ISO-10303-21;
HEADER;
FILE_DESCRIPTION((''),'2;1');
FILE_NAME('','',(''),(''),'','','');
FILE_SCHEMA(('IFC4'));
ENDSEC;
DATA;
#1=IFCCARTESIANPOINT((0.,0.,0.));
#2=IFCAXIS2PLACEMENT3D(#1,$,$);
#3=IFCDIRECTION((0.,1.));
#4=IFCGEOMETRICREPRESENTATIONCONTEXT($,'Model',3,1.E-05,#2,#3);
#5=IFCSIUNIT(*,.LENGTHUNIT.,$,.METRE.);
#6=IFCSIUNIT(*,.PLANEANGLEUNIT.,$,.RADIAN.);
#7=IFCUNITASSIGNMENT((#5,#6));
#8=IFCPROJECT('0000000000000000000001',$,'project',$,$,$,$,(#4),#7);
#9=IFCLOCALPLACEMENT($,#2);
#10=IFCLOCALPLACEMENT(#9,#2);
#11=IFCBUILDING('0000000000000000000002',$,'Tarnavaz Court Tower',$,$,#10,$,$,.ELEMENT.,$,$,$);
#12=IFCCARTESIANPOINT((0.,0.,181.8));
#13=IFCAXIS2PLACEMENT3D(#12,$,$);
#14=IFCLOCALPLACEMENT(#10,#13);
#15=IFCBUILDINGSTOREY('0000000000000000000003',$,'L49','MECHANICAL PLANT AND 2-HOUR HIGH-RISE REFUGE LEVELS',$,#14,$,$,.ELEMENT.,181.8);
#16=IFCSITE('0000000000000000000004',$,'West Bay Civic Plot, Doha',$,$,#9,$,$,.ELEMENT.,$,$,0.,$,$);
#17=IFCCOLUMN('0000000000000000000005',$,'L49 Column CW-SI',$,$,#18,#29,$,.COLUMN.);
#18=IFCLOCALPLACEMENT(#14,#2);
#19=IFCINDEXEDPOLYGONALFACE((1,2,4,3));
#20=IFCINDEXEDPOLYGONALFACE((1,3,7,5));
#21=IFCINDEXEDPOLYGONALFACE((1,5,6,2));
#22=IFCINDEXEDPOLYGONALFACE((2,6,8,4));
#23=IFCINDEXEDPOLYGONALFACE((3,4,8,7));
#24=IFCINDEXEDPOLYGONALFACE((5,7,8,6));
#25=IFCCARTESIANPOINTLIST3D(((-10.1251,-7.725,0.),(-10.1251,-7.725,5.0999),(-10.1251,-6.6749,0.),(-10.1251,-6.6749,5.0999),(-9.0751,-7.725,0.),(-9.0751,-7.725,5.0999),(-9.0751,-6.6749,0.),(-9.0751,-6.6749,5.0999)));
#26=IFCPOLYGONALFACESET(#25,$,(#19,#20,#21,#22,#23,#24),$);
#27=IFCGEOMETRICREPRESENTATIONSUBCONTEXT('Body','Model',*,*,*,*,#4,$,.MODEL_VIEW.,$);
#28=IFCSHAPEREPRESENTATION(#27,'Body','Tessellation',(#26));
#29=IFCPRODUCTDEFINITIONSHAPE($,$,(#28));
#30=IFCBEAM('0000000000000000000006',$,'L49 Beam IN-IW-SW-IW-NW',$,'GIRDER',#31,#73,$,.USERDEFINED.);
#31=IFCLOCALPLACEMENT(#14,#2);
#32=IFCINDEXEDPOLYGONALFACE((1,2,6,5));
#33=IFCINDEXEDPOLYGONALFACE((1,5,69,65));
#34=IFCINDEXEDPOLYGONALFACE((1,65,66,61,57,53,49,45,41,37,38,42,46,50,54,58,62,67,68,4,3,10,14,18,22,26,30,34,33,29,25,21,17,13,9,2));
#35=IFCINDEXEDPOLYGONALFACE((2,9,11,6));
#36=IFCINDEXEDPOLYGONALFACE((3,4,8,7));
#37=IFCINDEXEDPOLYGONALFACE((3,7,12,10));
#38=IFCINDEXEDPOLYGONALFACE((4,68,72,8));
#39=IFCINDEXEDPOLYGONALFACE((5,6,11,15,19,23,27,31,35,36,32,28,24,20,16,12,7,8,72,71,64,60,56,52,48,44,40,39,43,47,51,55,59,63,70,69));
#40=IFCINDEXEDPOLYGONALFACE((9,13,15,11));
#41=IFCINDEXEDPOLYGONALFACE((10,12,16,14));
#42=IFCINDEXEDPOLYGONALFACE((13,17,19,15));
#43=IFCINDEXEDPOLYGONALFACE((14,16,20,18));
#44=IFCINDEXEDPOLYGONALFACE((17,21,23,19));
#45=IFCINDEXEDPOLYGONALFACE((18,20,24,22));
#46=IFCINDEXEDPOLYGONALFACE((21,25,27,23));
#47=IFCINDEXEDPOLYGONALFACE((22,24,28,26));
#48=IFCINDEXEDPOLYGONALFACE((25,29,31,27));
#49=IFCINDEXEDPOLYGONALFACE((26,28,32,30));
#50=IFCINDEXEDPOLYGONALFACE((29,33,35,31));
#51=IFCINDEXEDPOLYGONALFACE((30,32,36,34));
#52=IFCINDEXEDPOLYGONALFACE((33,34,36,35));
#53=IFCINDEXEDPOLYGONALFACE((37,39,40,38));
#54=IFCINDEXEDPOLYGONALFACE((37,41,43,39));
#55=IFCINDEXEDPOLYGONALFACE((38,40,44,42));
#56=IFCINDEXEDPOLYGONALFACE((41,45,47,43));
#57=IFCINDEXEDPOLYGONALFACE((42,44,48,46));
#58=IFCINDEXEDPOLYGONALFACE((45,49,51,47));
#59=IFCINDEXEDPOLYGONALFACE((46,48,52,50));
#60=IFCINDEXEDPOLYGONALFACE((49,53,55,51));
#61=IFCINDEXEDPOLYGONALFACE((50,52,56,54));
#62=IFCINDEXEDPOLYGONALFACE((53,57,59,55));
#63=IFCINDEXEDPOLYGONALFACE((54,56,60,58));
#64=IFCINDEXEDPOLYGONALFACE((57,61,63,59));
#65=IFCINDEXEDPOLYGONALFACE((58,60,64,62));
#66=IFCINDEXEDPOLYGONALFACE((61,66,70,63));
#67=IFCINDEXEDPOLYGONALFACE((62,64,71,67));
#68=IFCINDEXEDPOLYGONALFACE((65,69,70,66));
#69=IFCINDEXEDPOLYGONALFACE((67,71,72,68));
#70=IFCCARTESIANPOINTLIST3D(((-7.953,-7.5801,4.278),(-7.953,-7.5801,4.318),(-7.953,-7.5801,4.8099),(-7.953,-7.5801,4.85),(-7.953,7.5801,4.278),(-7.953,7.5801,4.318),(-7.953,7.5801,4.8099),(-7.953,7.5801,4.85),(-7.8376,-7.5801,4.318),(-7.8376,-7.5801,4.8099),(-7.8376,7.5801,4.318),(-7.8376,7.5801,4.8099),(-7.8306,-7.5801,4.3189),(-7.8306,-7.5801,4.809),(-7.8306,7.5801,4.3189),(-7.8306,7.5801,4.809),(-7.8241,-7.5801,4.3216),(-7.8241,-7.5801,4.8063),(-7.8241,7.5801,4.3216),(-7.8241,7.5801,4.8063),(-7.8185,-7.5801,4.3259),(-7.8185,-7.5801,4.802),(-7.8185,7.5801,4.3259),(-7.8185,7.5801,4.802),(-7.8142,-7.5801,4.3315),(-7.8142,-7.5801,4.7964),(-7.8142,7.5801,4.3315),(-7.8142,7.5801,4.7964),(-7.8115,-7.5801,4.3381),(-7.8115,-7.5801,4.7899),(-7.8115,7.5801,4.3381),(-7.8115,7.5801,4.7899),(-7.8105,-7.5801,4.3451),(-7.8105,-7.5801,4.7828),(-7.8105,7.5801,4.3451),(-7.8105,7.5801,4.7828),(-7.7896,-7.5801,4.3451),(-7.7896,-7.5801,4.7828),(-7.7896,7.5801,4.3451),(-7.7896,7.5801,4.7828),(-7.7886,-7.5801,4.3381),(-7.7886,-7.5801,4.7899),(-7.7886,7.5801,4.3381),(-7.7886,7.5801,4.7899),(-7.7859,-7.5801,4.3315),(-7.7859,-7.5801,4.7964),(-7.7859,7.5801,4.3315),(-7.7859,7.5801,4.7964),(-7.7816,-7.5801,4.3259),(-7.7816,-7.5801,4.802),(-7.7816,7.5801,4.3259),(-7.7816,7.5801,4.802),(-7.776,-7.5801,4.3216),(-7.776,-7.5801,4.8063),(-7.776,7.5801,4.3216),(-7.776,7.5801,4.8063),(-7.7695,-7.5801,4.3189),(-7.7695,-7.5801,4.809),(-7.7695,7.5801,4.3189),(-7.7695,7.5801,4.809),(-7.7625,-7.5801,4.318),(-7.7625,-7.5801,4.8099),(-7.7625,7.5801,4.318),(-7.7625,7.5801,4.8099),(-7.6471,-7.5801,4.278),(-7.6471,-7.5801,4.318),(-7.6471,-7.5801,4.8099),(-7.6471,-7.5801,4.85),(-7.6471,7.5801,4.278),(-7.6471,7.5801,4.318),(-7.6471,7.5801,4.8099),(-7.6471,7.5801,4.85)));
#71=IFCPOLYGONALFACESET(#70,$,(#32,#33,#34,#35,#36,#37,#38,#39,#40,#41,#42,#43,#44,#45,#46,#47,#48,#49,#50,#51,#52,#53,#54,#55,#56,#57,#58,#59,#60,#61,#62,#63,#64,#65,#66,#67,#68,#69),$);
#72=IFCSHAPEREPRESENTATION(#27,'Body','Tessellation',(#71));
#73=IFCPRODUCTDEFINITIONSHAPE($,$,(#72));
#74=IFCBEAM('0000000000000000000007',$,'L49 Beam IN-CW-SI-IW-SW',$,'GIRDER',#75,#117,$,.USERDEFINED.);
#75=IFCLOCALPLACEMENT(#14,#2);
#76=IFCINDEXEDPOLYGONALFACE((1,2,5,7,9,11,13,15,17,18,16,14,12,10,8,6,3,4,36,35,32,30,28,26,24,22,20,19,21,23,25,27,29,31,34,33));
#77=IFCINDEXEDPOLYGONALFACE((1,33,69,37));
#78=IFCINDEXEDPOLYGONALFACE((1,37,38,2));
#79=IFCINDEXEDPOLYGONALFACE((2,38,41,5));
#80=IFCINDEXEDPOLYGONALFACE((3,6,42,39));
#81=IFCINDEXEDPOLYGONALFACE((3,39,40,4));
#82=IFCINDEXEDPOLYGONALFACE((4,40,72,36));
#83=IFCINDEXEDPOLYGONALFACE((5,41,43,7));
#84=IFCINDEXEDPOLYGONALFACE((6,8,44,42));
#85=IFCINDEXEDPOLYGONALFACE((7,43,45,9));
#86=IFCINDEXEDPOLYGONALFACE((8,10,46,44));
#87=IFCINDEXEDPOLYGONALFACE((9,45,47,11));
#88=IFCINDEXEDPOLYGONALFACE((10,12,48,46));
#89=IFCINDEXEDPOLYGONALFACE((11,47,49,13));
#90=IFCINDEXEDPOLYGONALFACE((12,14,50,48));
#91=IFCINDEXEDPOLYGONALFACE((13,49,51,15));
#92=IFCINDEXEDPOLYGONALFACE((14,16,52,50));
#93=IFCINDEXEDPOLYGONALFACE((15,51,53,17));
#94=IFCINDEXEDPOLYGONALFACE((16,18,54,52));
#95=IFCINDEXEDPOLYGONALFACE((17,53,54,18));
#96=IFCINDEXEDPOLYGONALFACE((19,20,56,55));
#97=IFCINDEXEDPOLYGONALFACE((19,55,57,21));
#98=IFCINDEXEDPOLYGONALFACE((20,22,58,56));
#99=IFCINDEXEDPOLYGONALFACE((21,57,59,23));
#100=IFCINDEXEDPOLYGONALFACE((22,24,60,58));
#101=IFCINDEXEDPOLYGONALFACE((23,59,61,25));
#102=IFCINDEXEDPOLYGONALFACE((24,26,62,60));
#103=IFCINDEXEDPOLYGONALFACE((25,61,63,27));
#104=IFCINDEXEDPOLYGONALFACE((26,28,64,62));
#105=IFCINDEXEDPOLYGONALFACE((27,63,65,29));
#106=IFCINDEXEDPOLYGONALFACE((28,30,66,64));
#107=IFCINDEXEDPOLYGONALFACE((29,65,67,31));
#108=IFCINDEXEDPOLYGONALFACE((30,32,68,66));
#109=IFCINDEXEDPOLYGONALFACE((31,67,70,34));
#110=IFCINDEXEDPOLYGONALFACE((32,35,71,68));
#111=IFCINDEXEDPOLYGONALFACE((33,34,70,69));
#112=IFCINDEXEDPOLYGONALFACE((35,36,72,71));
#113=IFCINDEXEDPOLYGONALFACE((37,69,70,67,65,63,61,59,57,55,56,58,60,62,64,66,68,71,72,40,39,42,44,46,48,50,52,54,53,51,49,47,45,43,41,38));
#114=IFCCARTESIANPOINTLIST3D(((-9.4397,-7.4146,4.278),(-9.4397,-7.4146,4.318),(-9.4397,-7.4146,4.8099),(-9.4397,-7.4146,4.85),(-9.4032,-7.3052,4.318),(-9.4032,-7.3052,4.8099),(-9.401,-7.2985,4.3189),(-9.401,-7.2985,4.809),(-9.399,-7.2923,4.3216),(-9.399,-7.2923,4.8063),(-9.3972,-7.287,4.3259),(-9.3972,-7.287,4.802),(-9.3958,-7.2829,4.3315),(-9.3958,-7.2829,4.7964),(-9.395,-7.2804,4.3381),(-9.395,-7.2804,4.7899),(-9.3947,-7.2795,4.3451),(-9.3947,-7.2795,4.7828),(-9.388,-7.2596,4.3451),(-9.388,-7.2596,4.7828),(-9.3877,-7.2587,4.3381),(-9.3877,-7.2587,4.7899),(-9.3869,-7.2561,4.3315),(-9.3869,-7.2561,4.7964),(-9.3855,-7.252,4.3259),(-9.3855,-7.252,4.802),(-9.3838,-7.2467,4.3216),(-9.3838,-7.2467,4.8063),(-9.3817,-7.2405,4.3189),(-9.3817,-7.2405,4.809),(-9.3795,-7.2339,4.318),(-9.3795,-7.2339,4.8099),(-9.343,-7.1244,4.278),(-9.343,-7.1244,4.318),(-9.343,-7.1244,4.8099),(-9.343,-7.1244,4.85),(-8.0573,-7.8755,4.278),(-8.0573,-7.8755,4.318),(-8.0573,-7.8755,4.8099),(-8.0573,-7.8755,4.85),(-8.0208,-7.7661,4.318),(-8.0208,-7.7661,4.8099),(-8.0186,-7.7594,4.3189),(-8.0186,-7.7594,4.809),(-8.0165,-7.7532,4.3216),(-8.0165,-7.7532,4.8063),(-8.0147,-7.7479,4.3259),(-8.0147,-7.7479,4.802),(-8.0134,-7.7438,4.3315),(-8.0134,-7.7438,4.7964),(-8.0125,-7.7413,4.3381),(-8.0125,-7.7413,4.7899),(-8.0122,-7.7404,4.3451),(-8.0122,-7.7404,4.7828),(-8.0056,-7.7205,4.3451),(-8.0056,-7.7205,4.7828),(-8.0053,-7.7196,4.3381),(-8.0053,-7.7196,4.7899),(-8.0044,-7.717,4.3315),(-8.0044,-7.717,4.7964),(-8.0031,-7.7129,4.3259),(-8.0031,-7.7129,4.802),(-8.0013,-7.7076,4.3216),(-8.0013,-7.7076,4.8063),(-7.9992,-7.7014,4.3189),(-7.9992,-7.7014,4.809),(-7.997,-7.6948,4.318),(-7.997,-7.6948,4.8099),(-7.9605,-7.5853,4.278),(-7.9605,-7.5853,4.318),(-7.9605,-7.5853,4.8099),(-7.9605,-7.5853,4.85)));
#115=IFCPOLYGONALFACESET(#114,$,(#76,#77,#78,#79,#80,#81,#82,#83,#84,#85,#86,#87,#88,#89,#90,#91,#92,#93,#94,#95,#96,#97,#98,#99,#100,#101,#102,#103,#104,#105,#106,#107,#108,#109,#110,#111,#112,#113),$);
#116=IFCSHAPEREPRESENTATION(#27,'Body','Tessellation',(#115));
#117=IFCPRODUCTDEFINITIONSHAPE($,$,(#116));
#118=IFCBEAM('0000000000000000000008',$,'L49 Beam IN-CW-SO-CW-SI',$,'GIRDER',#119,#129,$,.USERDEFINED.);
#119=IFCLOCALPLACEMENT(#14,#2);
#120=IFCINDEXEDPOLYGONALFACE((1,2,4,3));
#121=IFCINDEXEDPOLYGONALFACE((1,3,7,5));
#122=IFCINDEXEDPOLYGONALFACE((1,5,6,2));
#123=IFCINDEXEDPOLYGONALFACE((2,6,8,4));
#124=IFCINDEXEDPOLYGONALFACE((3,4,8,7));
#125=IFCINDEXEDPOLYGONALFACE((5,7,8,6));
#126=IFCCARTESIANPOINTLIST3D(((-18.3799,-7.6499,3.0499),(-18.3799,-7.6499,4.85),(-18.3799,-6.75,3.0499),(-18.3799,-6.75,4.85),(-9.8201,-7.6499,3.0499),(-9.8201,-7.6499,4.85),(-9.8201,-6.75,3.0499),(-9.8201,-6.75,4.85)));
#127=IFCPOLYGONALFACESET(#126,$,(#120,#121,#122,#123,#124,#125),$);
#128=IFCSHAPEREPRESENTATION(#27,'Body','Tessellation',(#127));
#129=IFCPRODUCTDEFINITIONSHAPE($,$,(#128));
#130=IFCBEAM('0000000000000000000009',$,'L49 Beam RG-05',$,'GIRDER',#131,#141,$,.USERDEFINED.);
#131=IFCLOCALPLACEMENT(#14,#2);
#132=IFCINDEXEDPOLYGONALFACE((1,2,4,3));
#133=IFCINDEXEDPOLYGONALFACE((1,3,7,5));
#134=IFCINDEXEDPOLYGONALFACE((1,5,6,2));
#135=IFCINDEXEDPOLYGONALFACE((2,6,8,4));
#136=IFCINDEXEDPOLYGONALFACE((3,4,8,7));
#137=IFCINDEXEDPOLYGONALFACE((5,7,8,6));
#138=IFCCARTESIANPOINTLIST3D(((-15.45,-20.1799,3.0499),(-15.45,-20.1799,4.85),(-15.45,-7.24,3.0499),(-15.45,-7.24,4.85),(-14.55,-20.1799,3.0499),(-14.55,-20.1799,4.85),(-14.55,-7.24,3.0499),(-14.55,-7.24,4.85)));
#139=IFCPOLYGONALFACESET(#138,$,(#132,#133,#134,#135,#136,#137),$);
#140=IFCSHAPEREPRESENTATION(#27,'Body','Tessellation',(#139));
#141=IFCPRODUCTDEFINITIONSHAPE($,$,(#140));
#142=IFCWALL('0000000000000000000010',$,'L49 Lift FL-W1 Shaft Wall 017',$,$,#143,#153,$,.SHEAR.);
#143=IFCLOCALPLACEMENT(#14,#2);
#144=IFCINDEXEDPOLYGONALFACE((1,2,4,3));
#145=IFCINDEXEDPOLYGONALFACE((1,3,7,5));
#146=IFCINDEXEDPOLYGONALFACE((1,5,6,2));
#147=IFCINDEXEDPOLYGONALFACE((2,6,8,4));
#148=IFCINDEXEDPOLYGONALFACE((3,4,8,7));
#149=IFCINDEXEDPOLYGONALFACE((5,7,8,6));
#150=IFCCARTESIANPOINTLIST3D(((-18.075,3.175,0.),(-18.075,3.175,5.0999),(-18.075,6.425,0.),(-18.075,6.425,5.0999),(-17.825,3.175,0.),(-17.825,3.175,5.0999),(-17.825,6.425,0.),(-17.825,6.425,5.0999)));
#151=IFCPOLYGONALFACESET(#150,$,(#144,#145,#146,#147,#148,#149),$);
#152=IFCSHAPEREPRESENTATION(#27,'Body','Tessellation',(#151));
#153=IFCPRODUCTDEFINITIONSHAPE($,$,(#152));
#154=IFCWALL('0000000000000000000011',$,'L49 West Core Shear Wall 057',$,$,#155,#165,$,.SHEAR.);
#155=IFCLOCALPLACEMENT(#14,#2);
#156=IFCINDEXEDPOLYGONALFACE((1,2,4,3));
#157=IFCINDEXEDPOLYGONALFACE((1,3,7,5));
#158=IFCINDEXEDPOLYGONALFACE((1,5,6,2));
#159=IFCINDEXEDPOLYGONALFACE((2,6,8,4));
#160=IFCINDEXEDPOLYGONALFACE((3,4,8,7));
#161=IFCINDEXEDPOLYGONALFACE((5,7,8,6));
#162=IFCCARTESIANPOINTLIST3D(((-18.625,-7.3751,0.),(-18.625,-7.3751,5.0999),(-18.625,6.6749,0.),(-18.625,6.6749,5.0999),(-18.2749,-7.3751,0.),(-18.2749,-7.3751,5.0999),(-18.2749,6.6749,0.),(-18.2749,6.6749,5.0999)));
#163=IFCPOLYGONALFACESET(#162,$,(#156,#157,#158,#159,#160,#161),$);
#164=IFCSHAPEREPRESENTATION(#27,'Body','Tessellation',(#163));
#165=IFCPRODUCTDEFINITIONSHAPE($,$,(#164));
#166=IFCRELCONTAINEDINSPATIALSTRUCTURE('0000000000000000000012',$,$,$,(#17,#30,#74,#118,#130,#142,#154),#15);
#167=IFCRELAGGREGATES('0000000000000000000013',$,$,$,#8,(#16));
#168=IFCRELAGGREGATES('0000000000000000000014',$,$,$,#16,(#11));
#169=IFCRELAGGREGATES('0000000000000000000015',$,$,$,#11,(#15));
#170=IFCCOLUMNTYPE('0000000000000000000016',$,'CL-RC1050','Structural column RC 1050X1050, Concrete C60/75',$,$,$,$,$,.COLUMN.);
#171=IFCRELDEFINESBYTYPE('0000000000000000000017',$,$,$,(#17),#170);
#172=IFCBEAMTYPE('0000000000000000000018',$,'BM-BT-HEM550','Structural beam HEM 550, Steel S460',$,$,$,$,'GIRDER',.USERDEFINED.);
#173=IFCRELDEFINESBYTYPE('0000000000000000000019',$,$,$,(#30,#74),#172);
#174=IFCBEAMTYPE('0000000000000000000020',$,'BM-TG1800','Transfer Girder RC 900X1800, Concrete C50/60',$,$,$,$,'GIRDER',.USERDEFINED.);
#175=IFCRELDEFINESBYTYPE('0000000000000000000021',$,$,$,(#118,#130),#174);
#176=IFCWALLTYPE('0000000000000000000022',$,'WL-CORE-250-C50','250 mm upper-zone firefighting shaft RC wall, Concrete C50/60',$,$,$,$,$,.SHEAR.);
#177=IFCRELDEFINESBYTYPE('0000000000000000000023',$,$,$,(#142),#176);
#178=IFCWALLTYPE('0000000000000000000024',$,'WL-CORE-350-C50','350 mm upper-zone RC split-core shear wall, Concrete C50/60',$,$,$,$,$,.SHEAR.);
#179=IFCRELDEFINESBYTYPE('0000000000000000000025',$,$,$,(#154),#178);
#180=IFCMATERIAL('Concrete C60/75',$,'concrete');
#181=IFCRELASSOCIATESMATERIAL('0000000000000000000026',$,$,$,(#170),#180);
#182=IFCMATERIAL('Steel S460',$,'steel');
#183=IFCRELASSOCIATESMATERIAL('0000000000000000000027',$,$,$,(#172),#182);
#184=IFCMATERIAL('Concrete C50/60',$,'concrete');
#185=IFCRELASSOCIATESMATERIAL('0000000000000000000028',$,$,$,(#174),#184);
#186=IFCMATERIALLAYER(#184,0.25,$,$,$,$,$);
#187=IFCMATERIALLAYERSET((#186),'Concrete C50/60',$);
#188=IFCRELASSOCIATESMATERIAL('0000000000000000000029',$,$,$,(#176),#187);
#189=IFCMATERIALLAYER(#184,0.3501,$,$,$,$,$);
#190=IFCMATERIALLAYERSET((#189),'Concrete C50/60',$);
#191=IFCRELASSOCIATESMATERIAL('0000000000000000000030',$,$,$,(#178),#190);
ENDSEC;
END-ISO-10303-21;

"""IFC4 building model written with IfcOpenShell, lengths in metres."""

from ifc_helpers import new_model, si_unit, direction, frame, frame_2d, origin, origin_2d, place, context, subcontext, project, spatial, rectangle, i_section, extrude, material, layer, layer_set, material_profile, profile_set, type_object, element, save


model = new_model("IFC4")

# Units and contexts
model_context = context("Model", 3, precision=1e-05, world=origin(), true_north=direction((0.0, 1.0)))
body_context = subcontext(model_context, "Body", "Model", "MODEL_VIEW")
ifc_project = project(units=[si_unit("LENGTHUNIT", "METRE"), si_unit("PLANEANGLEUNIT", "RADIAN")], contexts=[model_context])

# Site, building, storey
site_placement = place(None, origin())
site = spatial("IfcSite", under=ifc_project, at=site_placement, Name="West Bay Civic Plot, Doha", CompositionType="ELEMENT", RefElevation=0.0)
building_placement = place(site_placement, origin())
building = spatial("IfcBuilding", under=site, at=building_placement, Name="Tarnavaz Court Tower", CompositionType="ELEMENT")
storey_placement = place(building_placement, frame((0.0, 0.0, 181.8)))
storey = spatial("IfcBuildingStorey", under=building, at=storey_placement, Name="L49", Description="MECHANICAL PLANT AND 2-HOUR HIGH-RISE REFUGE LEVELS", CompositionType="ELEMENT", Elevation=181.8)

# Column
ifc_material_1 = material(Name="Concrete C60/75", Category="concrete")
ifc_material_profile_1 = material_profile(ifc_material_1, rectangle(XDim=1.05, YDim=1.05, at=origin_2d()), Name="RC 1050X1050")
ifc_profile_set_1 = profile_set([ifc_material_profile_1], Name="Concrete C60/75")
column_type = type_object("IfcColumnType", Name="CL-RC1050", Description="Structural column RC 1050X1050, Concrete C60/75", PredefinedType="COLUMN", material=ifc_profile_set_1)
column_placement = place(storey_placement, frame((-9.6001, -7.2, 0.0), z_axis=(0.0, 0.0, 1.0), x_axis=(1.0, 0.0, 0.0)))
element("IfcColumn", 1, at=column_placement, inside=storey, type_object=column_type, Name="L49 Column CW-SI", PredefinedType="COLUMN", context=body_context, shape_type="SweptSolid", body=[
    extrude(rectangle(XDim=1.05, YDim=1.05, at=origin_2d()), origin(), (0.0, 0.0, 1.0), 5.0999),
])

# Beams
ifc_material_2 = material(Name="Steel S460", Category="steel")
ifc_material_profile_2 = material_profile(ifc_material_2, i_section(OverallWidth=0.3059, OverallDepth=0.572, WebThickness=0.021, FlangeThickness=0.04, FilletRadius=0.0271, at=origin_2d()), Name="HEM 550")
ifc_profile_set_2 = profile_set([ifc_material_profile_2], Name="Steel S460")
beam_type_1 = type_object("IfcBeamType", Name="BM-BT-HEM550", Description="Structural beam HEM 550, Steel S460", ElementType="GIRDER", PredefinedType="USERDEFINED", material=ifc_profile_set_2)
beam_1_placement = place(storey_placement, frame((-7.8, -7.5801, 4.564), z_axis=(0.0, 1.0, 0.0), x_axis=(-1.0, 0.0, 0.0)))
element("IfcBeam", 2, at=beam_1_placement, inside=storey, type_object=beam_type_1, Name="L49 Beam IN-IW-SW-IW-NW", ObjectType="GIRDER", PredefinedType="USERDEFINED", context=body_context, shape_type="SweptSolid", body=[
    extrude(i_section(OverallWidth=0.3059, OverallDepth=0.572, WebThickness=0.021, FlangeThickness=0.04, FilletRadius=0.0271, at=origin_2d()), origin(), (0.0, 0.0, 1.0), 15.1602),
])
beam_2_placement = place(storey_placement, frame((-9.3914, -7.2695, 4.564), z_axis=(0.948667, -0.316278, 0.0), x_axis=(0.316278, 0.948667, 0.0)))
element("IfcBeam", 3, at=beam_2_placement, inside=storey, type_object=beam_type_1, Name="L49 Beam IN-CW-SI-IW-SW", ObjectType="GIRDER", PredefinedType="USERDEFINED", context=body_context, shape_type="SweptSolid", body=[
    extrude(i_section(OverallWidth=0.3059, OverallDepth=0.572, WebThickness=0.021, FlangeThickness=0.04, FilletRadius=0.0271, at=origin_2d()), origin(), (0.0, 0.0, 1.0), 1.4573),
])
ifc_material_3 = material(Name="Concrete C50/60", Category="concrete")
ifc_material_profile_3 = material_profile(ifc_material_3, rectangle(XDim=0.8999, YDim=1.8, at=origin_2d()), Name="RC 900X1800")
ifc_profile_set_3 = profile_set([ifc_material_profile_3], Name="Concrete C50/60")
beam_type_2 = type_object("IfcBeamType", Name="BM-TG1800", Description="Transfer Girder RC 900X1800, Concrete C50/60", ElementType="GIRDER", PredefinedType="USERDEFINED", material=ifc_profile_set_3)
beam_3_placement = place(storey_placement, frame((-18.3799, -7.2, 3.95), z_axis=(1.0, 0.0, 0.0), x_axis=(0.0, 1.0, 0.0)))
element("IfcBeam", 4, at=beam_3_placement, inside=storey, type_object=beam_type_2, Name="L49 Beam IN-CW-SO-CW-SI", ObjectType="GIRDER", PredefinedType="USERDEFINED", context=body_context, shape_type="SweptSolid", body=[
    extrude(rectangle(XDim=0.8999, YDim=1.8, at=origin_2d()), origin(), (0.0, 0.0, 1.0), 8.5598),
])
beam_4_placement = place(storey_placement, frame((-15.0, -7.24, 3.95), z_axis=(0.0, -1.0, 0.0), x_axis=(1.0, 0.0, 0.0)))
element("IfcBeam", 5, at=beam_4_placement, inside=storey, type_object=beam_type_2, Name="L49 Beam RG-05", ObjectType="GIRDER", PredefinedType="USERDEFINED", context=body_context, shape_type="SweptSolid", body=[
    extrude(rectangle(XDim=0.8999, YDim=1.8, at=origin_2d()), origin(), (0.0, 0.0, 1.0), 12.9399),
])

# Wall
ifc_layer_1 = layer(ifc_material_3, 0.25)
ifc_layer_set_1 = layer_set([ifc_layer_1], Name="Concrete C50/60")
wall_type_1 = type_object("IfcWallType", Name="WL-CORE-250-C50", Description="250 mm upper-zone firefighting shaft RC wall, Concrete C50/60", PredefinedType="SHEAR", material=ifc_layer_set_1)
wall_1_placement = place(storey_placement, frame((-17.95, 3.175, 0.0), z_axis=(0.0, 0.0, 1.0), x_axis=(0.0, 1.0, 0.0)))
element("IfcWall", 6, at=wall_1_placement, inside=storey, type_object=wall_type_1, Name="L49 Lift FL-W1 Shaft Wall 017", PredefinedType="SHEAR", context=body_context, shape_type="SweptSolid", body=[
    extrude(rectangle(XDim=3.25, YDim=0.25, at=frame_2d((1.625, 0.0))), origin(), (0.0, 0.0, 1.0), 5.0999),
])

# Wall
ifc_layer_2 = layer(ifc_material_3, 0.3501)
ifc_layer_set_2 = layer_set([ifc_layer_2], Name="Concrete C50/60")
wall_type_2 = type_object("IfcWallType", Name="WL-CORE-350-C50", Description="350 mm upper-zone RC split-core shear wall, Concrete C50/60", PredefinedType="SHEAR", material=ifc_layer_set_2)
wall_2_placement = place(storey_placement, frame((-18.45, -7.375, 0.0), z_axis=(0.0, 0.0, 1.0), x_axis=(0.0, 1.0, 0.0)))
element("IfcWall", 7, at=wall_2_placement, inside=storey, type_object=wall_type_2, Name="L49 West Core Shear Wall 057", PredefinedType="SHEAR", context=body_context, shape_type="SweptSolid", body=[
    extrude(rectangle(XDim=14.05, YDim=0.3501, at=frame_2d((7.0249, 0.0))), origin(), (0.0, 0.0, 1.0), 5.0999),
])

save(model, "model.ifc")
